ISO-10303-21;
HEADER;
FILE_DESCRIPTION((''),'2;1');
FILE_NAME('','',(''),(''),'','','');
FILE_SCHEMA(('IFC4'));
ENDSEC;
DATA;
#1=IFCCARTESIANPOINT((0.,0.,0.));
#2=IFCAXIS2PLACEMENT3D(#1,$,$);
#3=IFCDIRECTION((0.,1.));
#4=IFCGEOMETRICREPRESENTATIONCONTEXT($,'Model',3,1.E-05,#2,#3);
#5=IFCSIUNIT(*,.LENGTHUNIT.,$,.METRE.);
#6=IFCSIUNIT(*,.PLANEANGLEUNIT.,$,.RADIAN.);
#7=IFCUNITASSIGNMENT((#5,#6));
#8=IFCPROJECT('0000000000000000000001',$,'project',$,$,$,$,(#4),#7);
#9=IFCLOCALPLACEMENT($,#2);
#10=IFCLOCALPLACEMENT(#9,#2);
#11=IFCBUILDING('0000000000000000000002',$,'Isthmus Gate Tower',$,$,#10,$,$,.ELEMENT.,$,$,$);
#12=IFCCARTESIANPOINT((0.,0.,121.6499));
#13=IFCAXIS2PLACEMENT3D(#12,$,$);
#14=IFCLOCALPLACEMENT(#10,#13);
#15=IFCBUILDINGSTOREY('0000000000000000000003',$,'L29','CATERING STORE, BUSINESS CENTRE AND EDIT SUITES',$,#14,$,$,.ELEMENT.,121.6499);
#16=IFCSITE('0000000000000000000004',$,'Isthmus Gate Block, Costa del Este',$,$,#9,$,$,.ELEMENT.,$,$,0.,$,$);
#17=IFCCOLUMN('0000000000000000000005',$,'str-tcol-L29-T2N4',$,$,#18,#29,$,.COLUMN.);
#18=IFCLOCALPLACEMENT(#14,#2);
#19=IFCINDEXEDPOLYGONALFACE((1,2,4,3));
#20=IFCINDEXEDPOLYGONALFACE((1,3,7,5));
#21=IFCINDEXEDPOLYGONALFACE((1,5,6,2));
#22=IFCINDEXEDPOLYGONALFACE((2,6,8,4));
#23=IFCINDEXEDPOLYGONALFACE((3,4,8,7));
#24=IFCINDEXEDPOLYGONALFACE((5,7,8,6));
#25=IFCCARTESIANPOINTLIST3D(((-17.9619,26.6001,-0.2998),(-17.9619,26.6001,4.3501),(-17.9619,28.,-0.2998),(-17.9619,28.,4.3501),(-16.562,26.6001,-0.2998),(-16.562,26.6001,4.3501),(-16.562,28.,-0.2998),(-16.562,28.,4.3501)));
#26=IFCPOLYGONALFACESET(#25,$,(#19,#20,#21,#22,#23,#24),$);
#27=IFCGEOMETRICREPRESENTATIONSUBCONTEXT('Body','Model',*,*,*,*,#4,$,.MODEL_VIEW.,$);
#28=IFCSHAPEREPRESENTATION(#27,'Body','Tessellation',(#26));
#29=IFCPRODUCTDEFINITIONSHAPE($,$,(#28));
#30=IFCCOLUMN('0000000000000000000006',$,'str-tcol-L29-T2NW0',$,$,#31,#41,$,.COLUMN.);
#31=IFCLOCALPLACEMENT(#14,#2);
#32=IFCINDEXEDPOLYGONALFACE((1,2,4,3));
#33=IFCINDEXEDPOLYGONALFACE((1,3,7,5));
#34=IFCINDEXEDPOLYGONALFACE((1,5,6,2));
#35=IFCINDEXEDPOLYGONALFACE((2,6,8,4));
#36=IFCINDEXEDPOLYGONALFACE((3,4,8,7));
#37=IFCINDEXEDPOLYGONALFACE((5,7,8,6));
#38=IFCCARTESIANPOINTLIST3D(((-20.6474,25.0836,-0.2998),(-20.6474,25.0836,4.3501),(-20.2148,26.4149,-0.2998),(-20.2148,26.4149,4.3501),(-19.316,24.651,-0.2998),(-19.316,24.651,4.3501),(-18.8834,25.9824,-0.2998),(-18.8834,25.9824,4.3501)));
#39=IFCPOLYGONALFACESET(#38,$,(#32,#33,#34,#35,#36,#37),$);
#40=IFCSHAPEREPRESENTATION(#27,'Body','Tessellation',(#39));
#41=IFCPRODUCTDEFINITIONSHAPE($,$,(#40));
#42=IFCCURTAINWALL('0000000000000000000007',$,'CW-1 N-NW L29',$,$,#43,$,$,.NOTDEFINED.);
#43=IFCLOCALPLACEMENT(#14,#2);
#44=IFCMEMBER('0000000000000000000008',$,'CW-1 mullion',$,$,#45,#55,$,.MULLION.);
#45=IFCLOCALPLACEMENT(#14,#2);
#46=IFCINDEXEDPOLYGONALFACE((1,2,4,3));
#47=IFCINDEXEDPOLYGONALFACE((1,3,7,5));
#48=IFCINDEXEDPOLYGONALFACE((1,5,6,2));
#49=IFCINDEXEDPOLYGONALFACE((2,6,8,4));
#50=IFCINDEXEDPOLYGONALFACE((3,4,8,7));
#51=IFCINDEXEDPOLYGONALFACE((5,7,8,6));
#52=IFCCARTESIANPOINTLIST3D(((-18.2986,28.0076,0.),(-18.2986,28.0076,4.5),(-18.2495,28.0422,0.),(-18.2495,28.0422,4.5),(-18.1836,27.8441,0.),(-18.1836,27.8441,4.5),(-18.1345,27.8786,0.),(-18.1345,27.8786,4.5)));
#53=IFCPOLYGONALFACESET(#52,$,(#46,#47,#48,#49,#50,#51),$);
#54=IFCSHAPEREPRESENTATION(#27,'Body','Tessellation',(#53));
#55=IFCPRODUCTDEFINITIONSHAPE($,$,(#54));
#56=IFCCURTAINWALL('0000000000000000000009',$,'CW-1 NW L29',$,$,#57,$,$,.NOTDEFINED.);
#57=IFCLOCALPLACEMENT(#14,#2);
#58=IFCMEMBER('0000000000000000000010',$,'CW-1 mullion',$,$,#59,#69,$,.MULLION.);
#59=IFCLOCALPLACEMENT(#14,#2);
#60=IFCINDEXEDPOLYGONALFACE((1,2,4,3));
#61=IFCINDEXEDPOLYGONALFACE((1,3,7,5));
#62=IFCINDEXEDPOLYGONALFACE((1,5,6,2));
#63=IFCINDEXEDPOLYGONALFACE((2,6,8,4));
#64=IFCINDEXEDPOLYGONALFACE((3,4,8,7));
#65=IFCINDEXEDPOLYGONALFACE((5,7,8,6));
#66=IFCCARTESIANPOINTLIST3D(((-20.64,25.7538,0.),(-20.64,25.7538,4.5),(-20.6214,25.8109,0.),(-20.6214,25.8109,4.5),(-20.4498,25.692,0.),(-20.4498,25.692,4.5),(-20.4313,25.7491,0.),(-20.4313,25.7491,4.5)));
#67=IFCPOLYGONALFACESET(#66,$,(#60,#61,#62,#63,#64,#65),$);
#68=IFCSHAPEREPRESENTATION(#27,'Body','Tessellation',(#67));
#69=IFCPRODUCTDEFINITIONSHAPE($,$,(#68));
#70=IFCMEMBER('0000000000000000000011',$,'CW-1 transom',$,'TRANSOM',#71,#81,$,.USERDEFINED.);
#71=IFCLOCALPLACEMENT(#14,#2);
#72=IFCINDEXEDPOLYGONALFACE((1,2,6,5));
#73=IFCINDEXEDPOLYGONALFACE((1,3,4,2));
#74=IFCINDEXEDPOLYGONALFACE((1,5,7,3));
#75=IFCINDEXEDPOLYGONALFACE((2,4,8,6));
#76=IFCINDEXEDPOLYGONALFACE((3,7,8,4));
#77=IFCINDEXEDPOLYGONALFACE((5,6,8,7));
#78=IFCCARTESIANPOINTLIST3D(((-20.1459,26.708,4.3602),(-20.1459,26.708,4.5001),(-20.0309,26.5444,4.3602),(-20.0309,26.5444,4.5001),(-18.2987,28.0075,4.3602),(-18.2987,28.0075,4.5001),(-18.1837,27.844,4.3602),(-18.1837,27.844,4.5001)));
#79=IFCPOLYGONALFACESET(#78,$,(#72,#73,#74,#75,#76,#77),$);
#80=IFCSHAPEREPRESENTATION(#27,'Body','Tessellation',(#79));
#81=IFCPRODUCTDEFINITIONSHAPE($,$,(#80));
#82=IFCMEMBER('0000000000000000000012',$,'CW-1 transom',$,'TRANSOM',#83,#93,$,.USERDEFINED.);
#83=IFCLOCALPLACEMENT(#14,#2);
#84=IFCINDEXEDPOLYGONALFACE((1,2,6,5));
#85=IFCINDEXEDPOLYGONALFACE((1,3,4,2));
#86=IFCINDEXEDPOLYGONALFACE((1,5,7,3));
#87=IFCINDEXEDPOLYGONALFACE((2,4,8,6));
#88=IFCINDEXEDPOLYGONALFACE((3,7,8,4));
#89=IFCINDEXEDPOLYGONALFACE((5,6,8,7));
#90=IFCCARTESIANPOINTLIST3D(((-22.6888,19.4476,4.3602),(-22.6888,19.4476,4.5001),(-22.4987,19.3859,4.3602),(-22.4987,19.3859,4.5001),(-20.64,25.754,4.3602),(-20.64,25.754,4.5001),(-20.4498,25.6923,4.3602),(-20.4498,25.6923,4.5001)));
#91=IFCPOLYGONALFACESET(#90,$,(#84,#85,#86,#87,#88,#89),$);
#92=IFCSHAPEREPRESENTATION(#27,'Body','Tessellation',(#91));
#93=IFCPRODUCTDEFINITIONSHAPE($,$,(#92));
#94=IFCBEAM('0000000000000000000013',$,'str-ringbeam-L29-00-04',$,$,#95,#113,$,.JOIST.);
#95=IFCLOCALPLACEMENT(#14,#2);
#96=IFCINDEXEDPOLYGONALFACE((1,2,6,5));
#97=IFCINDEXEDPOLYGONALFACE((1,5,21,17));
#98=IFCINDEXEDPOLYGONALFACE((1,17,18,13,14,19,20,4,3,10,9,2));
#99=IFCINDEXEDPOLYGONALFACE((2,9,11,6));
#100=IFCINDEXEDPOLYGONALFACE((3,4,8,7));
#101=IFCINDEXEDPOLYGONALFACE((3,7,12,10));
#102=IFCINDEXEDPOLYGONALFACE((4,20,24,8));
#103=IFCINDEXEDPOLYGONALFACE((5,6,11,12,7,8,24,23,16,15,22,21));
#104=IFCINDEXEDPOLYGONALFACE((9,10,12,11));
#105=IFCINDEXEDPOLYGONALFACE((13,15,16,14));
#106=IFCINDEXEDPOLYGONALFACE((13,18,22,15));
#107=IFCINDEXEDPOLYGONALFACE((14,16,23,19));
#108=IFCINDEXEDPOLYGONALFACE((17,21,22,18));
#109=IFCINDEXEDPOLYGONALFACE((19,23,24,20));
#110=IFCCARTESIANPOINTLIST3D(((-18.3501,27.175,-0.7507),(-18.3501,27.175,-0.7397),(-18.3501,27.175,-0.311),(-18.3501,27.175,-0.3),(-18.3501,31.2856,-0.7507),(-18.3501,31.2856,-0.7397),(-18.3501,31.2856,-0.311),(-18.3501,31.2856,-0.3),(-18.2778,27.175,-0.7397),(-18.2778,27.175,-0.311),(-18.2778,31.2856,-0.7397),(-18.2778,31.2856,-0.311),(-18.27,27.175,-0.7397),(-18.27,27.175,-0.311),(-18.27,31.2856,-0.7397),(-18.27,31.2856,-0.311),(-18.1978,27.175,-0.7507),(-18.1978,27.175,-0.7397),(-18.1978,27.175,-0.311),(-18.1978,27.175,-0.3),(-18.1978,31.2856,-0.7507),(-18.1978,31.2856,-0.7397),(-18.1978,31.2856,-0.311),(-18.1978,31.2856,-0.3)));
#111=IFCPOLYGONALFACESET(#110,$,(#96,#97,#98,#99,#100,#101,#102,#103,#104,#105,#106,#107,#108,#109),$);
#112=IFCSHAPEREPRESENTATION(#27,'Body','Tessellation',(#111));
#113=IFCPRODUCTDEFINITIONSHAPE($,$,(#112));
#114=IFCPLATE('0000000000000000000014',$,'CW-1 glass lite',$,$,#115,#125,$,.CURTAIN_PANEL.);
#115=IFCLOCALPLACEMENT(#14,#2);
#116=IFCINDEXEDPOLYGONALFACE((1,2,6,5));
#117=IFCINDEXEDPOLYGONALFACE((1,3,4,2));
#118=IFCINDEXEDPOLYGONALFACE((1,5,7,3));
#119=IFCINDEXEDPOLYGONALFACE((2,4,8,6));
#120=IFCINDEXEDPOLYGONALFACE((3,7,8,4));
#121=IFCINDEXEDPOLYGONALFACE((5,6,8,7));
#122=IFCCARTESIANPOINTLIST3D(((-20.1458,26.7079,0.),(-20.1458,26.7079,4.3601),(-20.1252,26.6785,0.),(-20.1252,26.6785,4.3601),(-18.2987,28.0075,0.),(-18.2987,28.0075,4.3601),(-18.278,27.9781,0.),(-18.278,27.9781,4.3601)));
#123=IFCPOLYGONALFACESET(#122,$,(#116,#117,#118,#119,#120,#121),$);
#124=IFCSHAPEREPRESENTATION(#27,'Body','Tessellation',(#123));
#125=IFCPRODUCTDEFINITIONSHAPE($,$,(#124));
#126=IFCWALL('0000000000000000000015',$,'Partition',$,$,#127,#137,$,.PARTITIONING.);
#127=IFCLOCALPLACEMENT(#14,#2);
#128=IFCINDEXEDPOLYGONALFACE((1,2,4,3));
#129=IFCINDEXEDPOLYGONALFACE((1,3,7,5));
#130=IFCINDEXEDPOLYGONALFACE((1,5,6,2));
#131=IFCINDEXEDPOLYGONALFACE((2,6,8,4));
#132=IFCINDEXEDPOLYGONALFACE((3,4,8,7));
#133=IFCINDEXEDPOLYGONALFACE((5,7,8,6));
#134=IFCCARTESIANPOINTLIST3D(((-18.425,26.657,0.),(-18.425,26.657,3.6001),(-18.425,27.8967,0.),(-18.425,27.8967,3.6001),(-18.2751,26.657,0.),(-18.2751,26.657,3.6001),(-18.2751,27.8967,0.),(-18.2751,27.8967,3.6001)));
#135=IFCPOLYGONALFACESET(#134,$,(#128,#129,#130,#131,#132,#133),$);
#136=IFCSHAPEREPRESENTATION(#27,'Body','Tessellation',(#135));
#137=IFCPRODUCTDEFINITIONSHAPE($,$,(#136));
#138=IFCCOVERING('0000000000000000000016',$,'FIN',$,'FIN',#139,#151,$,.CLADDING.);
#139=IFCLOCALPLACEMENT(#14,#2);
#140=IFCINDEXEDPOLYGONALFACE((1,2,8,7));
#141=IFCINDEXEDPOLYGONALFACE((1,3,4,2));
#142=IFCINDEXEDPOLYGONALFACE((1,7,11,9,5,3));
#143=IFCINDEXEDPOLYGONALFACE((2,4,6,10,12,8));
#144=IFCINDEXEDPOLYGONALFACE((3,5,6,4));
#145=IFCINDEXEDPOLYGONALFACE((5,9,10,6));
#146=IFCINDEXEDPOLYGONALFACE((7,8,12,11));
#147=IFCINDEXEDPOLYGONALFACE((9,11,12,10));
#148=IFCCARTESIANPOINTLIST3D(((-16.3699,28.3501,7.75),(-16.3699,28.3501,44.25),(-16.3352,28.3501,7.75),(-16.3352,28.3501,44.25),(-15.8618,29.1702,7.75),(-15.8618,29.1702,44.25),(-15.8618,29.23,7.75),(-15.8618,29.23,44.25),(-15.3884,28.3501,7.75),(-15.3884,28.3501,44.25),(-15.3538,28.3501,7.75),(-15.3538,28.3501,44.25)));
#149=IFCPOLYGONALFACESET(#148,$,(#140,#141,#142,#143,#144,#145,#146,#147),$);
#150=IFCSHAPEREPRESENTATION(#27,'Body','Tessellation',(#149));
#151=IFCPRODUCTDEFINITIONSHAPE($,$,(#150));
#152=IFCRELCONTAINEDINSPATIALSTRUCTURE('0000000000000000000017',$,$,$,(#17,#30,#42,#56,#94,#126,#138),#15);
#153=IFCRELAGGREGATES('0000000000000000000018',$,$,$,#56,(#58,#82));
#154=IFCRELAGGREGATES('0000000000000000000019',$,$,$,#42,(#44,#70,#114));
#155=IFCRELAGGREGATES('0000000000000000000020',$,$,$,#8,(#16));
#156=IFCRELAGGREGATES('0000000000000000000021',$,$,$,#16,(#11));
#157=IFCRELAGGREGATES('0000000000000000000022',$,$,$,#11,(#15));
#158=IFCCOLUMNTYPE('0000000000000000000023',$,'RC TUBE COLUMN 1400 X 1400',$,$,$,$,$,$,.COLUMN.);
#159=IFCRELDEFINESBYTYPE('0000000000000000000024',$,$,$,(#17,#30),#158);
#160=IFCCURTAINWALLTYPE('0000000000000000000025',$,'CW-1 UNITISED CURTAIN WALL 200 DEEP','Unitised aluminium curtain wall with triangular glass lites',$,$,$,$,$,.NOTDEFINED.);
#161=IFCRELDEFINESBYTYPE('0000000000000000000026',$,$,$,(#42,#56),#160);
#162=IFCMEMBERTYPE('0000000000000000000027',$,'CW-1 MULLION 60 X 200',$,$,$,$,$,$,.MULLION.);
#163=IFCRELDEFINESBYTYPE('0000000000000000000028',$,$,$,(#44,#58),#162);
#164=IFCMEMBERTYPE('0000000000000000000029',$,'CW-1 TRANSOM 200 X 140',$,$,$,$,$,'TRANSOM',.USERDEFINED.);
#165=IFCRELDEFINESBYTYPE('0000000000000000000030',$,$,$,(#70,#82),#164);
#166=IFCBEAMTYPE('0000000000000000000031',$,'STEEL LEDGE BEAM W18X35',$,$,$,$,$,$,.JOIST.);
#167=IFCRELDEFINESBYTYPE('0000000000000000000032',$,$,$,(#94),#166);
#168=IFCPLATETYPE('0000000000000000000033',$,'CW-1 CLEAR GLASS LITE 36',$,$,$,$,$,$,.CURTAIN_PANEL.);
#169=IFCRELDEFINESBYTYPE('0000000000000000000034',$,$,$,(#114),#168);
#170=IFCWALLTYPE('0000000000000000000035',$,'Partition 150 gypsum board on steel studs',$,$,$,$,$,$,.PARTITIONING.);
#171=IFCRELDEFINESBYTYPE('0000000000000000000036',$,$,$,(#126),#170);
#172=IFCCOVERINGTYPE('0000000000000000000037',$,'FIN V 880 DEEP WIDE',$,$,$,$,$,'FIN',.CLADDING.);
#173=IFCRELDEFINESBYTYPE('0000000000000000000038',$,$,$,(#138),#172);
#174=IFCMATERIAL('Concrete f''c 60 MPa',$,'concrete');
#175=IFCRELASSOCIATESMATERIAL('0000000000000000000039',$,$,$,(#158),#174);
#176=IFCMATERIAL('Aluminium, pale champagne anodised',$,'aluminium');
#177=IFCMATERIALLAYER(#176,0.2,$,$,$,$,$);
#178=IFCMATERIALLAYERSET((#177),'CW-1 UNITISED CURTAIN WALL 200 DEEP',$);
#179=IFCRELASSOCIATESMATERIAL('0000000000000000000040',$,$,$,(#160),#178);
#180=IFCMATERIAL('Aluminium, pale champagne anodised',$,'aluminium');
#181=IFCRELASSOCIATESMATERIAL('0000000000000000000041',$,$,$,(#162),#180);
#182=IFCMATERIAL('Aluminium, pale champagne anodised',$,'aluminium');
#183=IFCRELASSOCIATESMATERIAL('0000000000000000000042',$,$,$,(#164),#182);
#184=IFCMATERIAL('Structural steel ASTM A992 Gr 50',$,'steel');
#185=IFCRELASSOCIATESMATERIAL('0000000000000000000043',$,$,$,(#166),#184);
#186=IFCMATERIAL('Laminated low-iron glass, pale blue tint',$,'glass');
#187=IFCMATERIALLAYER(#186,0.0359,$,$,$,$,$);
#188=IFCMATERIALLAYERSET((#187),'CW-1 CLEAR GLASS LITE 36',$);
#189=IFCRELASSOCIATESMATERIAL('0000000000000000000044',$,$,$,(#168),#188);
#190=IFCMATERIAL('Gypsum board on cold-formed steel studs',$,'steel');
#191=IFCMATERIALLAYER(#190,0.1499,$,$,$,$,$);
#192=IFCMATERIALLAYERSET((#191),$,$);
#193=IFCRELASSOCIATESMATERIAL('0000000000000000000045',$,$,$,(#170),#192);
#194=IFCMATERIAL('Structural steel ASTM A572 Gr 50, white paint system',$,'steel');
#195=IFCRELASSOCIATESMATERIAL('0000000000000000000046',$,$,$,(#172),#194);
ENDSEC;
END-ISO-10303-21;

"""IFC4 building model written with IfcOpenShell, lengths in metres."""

from ifc_helpers import new_model, si_unit, direction, frame, frame_2d, origin, origin_2d, place, context, subcontext, project, spatial, polyline, rectangle, i_section, outline, extrude, material, layer, layer_set, material_profile, profile_set, type_object, element, aggregate, save


model = new_model("IFC4")

# Units and contexts
model_context = context("Model", 3, precision=1e-05, world=origin(), true_north=direction((0.0, 1.0)))
body_context = subcontext(model_context, "Body", "Model", "MODEL_VIEW")
ifc_project = project(units=[si_unit("LENGTHUNIT", "METRE"), si_unit("PLANEANGLEUNIT", "RADIAN")], contexts=[model_context])

# Site, building, storey
site_placement = place(None, origin())
site = spatial("IfcSite", under=ifc_project, at=site_placement, Name="Isthmus Gate Block, Costa del Este", CompositionType="ELEMENT", RefElevation=0.0)
building_placement = place(site_placement, origin())
building = spatial("IfcBuilding", under=site, at=building_placement, Name="Isthmus Gate Tower", CompositionType="ELEMENT")
storey_placement = place(building_placement, frame((0.0, 0.0, 121.6499)))
storey = spatial("IfcBuildingStorey", under=building, at=storey_placement, Name="L29", Description="CATERING STORE, BUSINESS CENTRE AND EDIT SUITES", CompositionType="ELEMENT", Elevation=121.6499)

# Columns
ifc_material_1 = material(Name="Concrete f'c 60 MPa", Category="concrete")
ifc_material_profile_1 = material_profile(ifc_material_1, rectangle(XDim=1.3999, YDim=1.3999, at=origin_2d()), Name="RC 1400X1400")
ifc_profile_set_1 = profile_set([ifc_material_profile_1], Name="Concrete f'c 60 MPa")
column_type = type_object("IfcColumnType", Name="RC TUBE COLUMN 1400 X 1400", PredefinedType="COLUMN", material=ifc_profile_set_1)
for number, where, z_axis, x_axis, name in (
    (1, (-17.262, 27.3, -0.2998), (0.0, 0.0, 1.0), (-1.0, 0.0, 0.0), "str-tcol-L29-T2N4"),
    (2, (-19.7654, 25.533, -0.2998), (0.0, 0.0, 1.0), (-0.309017, -0.951057, 0.0), "str-tcol-L29-T2NW0"),
):
    element("IfcColumn", number, at=place(storey_placement, frame(where, z_axis=z_axis, x_axis=x_axis)), inside=storey, type_object=column_type, Name=name, PredefinedType="COLUMN", context=body_context, shape_type="SweptSolid", body=[
        extrude(rectangle(XDim=1.3999, YDim=1.3999, at=origin_2d()), origin(), (0.0, 0.0, 1.0), 4.6499),
    ])

# Curtain walls, members
ifc_material_2 = material(Name="Aluminium, pale champagne anodised", Category="aluminium")
ifc_layer_1 = layer(ifc_material_2, 0.2)
ifc_layer_set_1 = layer_set([ifc_layer_1], Name="CW-1 UNITISED CURTAIN WALL 200 DEEP")
curtain_wall_type = type_object("IfcCurtainWallType", Name="CW-1 UNITISED CURTAIN WALL 200 DEEP", Description="Unitised aluminium curtain wall with triangular glass lites", PredefinedType="NOTDEFINED", material=ifc_layer_set_1)
curtain_wall_1_placement = place(storey_placement, origin())
curtain_wall_1 = element("IfcCurtainWall", 3, at=curtain_wall_1_placement, inside=storey, type_object=curtain_wall_type, Name="CW-1 N-NW L29", PredefinedType="NOTDEFINED")
ifc_material_3 = material(Name="Aluminium, pale champagne anodised", Category="aluminium")
ifc_material_profile_2 = material_profile(ifc_material_3, rectangle(XDim=0.0601, YDim=0.2, at=origin_2d()), Name="60x200")
ifc_profile_set_2 = profile_set([ifc_material_profile_2], Name="Aluminium, pale champagne anodised")
member_type_1 = type_object("IfcMemberType", Name="CW-1 MULLION 60 X 200", PredefinedType="MULLION", material=ifc_profile_set_2)
member_1_placement = place(storey_placement, frame((-18.2166, 27.9431, 0.0), z_axis=(0.0, 0.0, 1.0), x_axis=(-0.81786, -0.575418, 0.0)))
member_1 = element("IfcMember", 4, at=member_1_placement, type_object=member_type_1, Name="CW-1 mullion", PredefinedType="MULLION", context=body_context, shape_type="SweptSolid", body=[
    extrude(rectangle(XDim=0.0601, YDim=0.2, at=origin_2d()), origin(), (0.0, 0.0, 1.0), 4.5),
])
curtain_wall_2_placement = place(storey_placement, origin())
curtain_wall_2 = element("IfcCurtainWall", 5, at=curtain_wall_2_placement, inside=storey, type_object=curtain_wall_type, Name="CW-1 NW L29", PredefinedType="NOTDEFINED")
member_2_placement = place(storey_placement, frame((-20.5356, 25.7515, 0.0), z_axis=(0.0, 0.0, 1.0), x_axis=(-0.309017, -0.951057, 0.0)))
member_2 = element("IfcMember", 6, at=member_2_placement, type_object=member_type_1, Name="CW-1 mullion", PredefinedType="MULLION", context=body_context, shape_type="SweptSolid", body=[
    extrude(rectangle(XDim=0.0601, YDim=0.2, at=origin_2d()), origin(), (0.0, 0.0, 1.0), 4.5),
])

# Members
ifc_material_4 = material(Name="Aluminium, pale champagne anodised", Category="aluminium")
ifc_material_profile_3 = material_profile(ifc_material_4, rectangle(XDim=0.2, YDim=0.1399, at=origin_2d()), Name="200x140")
ifc_profile_set_3 = profile_set([ifc_material_profile_3], Name="Aluminium, pale champagne anodised")
member_type_2 = type_object("IfcMemberType", Name="CW-1 TRANSOM 200 X 140", ElementType="TRANSOM", PredefinedType="USERDEFINED", material=ifc_profile_set_3)
member_3_placement = place(storey_placement, frame((-18.2412, 27.9258, 4.4302), z_axis=(-0.817869, -0.575405, 0.0), x_axis=(0.575405, -0.817869, 0.0)))
member_3 = element("IfcMember", 7, at=member_3_placement, type_object=member_type_2, Name="CW-1 transom", ObjectType="TRANSOM", PredefinedType="USERDEFINED", context=body_context, shape_type="SweptSolid", body=[
    extrude(rectangle(XDim=0.2, YDim=0.1399, at=origin_2d()), origin(), (0.0, 0.0, 1.0), 2.2585),
])
member_4_placement = place(storey_placement, frame((-20.5449, 25.7231, 4.4302), z_axis=(-0.308984, -0.951067, 0.0), x_axis=(0.951067, -0.308984, 0.0)))
member_4 = element("IfcMember", 8, at=member_4_placement, type_object=member_type_2, Name="CW-1 transom", ObjectType="TRANSOM", PredefinedType="USERDEFINED", context=body_context, shape_type="SweptSolid", body=[
    extrude(rectangle(XDim=0.2, YDim=0.1399, at=origin_2d()), origin(), (0.0, 0.0, 1.0), 6.6309),
])
aggregate(curtain_wall_2, [member_2, member_4])

# Beam
ifc_material_5 = material(Name="Structural steel ASTM A992 Gr 50", Category="steel")
ifc_material_profile_4 = material_profile(ifc_material_5, i_section(OverallWidth=0.1523, OverallDepth=0.4507, WebThickness=0.0078, FlangeThickness=0.011, at=origin_2d()), Name="W18X35")
ifc_profile_set_4 = profile_set([ifc_material_profile_4], Name="Structural steel ASTM A992 Gr 50")
beam_type = type_object("IfcBeamType", Name="STEEL LEDGE BEAM W18X35", PredefinedType="JOIST", material=ifc_profile_set_4)
beam_placement = place(storey_placement, frame((-18.2739, 27.175, -0.5254), z_axis=(0.0, 1.0, 0.0), x_axis=(-1.0, 0.0, 0.0)))
element("IfcBeam", 9, at=beam_placement, inside=storey, type_object=beam_type, Name="str-ringbeam-L29-00-04", PredefinedType="JOIST", context=body_context, shape_type="SweptSolid", body=[
    extrude(i_section(OverallWidth=0.1523, OverallDepth=0.4507, WebThickness=0.0078, FlangeThickness=0.011, at=origin_2d()), origin(), (0.0, 0.0, 1.0), 4.1106),
])

# Plate
ifc_material_6 = material(Name="Laminated low-iron glass, pale blue tint", Category="glass")
ifc_layer_2 = layer(ifc_material_6, 0.0359)
ifc_layer_set_2 = layer_set([ifc_layer_2], Name="CW-1 CLEAR GLASS LITE 36")
plate_type = type_object("IfcPlateType", Name="CW-1 CLEAR GLASS LITE 36", PredefinedType="CURTAIN_PANEL", material=ifc_layer_set_2)
plate_placement = place(storey_placement, frame((-19.2119, 27.343, 0.0), z_axis=(0.0, 0.0, 1.0), x_axis=(-0.81786, -0.575418, 0.0)))
plate = element("IfcPlate", 10, at=plate_placement, type_object=plate_type, Name="CW-1 glass lite", PredefinedType="CURTAIN_PANEL", context=body_context, shape_type="SweptSolid", body=[
    extrude(rectangle(XDim=2.2585, YDim=0.0359, at=origin_2d()), origin(), (0.0, 0.0, 1.0), 4.3601),
])
aggregate(curtain_wall_1, [member_1, member_3, plate])

# Wall
ifc_material_7 = material(Name="Gypsum board on cold-formed steel studs", Category="steel")
ifc_layer_3 = layer(ifc_material_7, 0.1499)
ifc_layer_set_3 = layer_set([ifc_layer_3])
wall_type = type_object("IfcWallType", Name="Partition 150 gypsum board on steel studs", PredefinedType="PARTITIONING", material=ifc_layer_set_3)
wall_placement = place(storey_placement, frame((-18.3501, 26.657, 0.0), z_axis=(0.0, 0.0, 1.0), x_axis=(0.0, 1.0, 0.0)))
element("IfcWall", 11, at=wall_placement, inside=storey, type_object=wall_type, Name="Partition", PredefinedType="PARTITIONING", context=body_context, shape_type="SweptSolid", body=[
    extrude(rectangle(XDim=1.2397, YDim=0.1499, at=frame_2d((0.6199, 0.0))), origin(), (0.0, 0.0, 1.0), 3.6001),
])

# Covering
ifc_material_8 = material(Name="Structural steel ASTM A572 Gr 50, white paint system", Category="steel")
ifc_material_profile_5 = material_profile(ifc_material_8, outline(polyline([(0.0, -0.5081), (0.8799, 0.0), (0.0, 0.5081), (0.0, 0.4734), (0.8201, 0.0), (0.0, -0.4734), (0.0, -0.5081)])), Name="V880W")
ifc_profile_set_5 = profile_set([ifc_material_profile_5], Name="Structural steel ASTM A572 Gr 50, white paint system")
covering_type_1 = type_object("IfcCoveringType", Name="FIN V 880 DEEP WIDE", ElementType="FIN", PredefinedType="CLADDING", material=ifc_profile_set_5)
covering_placement = place(storey_placement, frame((-15.8618, 28.3501, 7.75), z_axis=(0.0, 0.0, 1.0), x_axis=(0.0, 1.0, 0.0)))
element("IfcCovering", 12, at=covering_placement, inside=storey, type_object=covering_type_1, Name="FIN", ObjectType="FIN", PredefinedType="CLADDING", context=body_context, shape_type="SweptSolid", body=[
    extrude(outline(polyline([(0.0, -0.5081), (0.8799, 0.0), (0.0, 0.5081), (0.0, 0.4734), (0.8201, 0.0), (0.0, -0.4734), (0.0, -0.5081)])), origin(), (0.0, 0.0, 1.0), 36.5),
])

save(model, "model.ifc")
